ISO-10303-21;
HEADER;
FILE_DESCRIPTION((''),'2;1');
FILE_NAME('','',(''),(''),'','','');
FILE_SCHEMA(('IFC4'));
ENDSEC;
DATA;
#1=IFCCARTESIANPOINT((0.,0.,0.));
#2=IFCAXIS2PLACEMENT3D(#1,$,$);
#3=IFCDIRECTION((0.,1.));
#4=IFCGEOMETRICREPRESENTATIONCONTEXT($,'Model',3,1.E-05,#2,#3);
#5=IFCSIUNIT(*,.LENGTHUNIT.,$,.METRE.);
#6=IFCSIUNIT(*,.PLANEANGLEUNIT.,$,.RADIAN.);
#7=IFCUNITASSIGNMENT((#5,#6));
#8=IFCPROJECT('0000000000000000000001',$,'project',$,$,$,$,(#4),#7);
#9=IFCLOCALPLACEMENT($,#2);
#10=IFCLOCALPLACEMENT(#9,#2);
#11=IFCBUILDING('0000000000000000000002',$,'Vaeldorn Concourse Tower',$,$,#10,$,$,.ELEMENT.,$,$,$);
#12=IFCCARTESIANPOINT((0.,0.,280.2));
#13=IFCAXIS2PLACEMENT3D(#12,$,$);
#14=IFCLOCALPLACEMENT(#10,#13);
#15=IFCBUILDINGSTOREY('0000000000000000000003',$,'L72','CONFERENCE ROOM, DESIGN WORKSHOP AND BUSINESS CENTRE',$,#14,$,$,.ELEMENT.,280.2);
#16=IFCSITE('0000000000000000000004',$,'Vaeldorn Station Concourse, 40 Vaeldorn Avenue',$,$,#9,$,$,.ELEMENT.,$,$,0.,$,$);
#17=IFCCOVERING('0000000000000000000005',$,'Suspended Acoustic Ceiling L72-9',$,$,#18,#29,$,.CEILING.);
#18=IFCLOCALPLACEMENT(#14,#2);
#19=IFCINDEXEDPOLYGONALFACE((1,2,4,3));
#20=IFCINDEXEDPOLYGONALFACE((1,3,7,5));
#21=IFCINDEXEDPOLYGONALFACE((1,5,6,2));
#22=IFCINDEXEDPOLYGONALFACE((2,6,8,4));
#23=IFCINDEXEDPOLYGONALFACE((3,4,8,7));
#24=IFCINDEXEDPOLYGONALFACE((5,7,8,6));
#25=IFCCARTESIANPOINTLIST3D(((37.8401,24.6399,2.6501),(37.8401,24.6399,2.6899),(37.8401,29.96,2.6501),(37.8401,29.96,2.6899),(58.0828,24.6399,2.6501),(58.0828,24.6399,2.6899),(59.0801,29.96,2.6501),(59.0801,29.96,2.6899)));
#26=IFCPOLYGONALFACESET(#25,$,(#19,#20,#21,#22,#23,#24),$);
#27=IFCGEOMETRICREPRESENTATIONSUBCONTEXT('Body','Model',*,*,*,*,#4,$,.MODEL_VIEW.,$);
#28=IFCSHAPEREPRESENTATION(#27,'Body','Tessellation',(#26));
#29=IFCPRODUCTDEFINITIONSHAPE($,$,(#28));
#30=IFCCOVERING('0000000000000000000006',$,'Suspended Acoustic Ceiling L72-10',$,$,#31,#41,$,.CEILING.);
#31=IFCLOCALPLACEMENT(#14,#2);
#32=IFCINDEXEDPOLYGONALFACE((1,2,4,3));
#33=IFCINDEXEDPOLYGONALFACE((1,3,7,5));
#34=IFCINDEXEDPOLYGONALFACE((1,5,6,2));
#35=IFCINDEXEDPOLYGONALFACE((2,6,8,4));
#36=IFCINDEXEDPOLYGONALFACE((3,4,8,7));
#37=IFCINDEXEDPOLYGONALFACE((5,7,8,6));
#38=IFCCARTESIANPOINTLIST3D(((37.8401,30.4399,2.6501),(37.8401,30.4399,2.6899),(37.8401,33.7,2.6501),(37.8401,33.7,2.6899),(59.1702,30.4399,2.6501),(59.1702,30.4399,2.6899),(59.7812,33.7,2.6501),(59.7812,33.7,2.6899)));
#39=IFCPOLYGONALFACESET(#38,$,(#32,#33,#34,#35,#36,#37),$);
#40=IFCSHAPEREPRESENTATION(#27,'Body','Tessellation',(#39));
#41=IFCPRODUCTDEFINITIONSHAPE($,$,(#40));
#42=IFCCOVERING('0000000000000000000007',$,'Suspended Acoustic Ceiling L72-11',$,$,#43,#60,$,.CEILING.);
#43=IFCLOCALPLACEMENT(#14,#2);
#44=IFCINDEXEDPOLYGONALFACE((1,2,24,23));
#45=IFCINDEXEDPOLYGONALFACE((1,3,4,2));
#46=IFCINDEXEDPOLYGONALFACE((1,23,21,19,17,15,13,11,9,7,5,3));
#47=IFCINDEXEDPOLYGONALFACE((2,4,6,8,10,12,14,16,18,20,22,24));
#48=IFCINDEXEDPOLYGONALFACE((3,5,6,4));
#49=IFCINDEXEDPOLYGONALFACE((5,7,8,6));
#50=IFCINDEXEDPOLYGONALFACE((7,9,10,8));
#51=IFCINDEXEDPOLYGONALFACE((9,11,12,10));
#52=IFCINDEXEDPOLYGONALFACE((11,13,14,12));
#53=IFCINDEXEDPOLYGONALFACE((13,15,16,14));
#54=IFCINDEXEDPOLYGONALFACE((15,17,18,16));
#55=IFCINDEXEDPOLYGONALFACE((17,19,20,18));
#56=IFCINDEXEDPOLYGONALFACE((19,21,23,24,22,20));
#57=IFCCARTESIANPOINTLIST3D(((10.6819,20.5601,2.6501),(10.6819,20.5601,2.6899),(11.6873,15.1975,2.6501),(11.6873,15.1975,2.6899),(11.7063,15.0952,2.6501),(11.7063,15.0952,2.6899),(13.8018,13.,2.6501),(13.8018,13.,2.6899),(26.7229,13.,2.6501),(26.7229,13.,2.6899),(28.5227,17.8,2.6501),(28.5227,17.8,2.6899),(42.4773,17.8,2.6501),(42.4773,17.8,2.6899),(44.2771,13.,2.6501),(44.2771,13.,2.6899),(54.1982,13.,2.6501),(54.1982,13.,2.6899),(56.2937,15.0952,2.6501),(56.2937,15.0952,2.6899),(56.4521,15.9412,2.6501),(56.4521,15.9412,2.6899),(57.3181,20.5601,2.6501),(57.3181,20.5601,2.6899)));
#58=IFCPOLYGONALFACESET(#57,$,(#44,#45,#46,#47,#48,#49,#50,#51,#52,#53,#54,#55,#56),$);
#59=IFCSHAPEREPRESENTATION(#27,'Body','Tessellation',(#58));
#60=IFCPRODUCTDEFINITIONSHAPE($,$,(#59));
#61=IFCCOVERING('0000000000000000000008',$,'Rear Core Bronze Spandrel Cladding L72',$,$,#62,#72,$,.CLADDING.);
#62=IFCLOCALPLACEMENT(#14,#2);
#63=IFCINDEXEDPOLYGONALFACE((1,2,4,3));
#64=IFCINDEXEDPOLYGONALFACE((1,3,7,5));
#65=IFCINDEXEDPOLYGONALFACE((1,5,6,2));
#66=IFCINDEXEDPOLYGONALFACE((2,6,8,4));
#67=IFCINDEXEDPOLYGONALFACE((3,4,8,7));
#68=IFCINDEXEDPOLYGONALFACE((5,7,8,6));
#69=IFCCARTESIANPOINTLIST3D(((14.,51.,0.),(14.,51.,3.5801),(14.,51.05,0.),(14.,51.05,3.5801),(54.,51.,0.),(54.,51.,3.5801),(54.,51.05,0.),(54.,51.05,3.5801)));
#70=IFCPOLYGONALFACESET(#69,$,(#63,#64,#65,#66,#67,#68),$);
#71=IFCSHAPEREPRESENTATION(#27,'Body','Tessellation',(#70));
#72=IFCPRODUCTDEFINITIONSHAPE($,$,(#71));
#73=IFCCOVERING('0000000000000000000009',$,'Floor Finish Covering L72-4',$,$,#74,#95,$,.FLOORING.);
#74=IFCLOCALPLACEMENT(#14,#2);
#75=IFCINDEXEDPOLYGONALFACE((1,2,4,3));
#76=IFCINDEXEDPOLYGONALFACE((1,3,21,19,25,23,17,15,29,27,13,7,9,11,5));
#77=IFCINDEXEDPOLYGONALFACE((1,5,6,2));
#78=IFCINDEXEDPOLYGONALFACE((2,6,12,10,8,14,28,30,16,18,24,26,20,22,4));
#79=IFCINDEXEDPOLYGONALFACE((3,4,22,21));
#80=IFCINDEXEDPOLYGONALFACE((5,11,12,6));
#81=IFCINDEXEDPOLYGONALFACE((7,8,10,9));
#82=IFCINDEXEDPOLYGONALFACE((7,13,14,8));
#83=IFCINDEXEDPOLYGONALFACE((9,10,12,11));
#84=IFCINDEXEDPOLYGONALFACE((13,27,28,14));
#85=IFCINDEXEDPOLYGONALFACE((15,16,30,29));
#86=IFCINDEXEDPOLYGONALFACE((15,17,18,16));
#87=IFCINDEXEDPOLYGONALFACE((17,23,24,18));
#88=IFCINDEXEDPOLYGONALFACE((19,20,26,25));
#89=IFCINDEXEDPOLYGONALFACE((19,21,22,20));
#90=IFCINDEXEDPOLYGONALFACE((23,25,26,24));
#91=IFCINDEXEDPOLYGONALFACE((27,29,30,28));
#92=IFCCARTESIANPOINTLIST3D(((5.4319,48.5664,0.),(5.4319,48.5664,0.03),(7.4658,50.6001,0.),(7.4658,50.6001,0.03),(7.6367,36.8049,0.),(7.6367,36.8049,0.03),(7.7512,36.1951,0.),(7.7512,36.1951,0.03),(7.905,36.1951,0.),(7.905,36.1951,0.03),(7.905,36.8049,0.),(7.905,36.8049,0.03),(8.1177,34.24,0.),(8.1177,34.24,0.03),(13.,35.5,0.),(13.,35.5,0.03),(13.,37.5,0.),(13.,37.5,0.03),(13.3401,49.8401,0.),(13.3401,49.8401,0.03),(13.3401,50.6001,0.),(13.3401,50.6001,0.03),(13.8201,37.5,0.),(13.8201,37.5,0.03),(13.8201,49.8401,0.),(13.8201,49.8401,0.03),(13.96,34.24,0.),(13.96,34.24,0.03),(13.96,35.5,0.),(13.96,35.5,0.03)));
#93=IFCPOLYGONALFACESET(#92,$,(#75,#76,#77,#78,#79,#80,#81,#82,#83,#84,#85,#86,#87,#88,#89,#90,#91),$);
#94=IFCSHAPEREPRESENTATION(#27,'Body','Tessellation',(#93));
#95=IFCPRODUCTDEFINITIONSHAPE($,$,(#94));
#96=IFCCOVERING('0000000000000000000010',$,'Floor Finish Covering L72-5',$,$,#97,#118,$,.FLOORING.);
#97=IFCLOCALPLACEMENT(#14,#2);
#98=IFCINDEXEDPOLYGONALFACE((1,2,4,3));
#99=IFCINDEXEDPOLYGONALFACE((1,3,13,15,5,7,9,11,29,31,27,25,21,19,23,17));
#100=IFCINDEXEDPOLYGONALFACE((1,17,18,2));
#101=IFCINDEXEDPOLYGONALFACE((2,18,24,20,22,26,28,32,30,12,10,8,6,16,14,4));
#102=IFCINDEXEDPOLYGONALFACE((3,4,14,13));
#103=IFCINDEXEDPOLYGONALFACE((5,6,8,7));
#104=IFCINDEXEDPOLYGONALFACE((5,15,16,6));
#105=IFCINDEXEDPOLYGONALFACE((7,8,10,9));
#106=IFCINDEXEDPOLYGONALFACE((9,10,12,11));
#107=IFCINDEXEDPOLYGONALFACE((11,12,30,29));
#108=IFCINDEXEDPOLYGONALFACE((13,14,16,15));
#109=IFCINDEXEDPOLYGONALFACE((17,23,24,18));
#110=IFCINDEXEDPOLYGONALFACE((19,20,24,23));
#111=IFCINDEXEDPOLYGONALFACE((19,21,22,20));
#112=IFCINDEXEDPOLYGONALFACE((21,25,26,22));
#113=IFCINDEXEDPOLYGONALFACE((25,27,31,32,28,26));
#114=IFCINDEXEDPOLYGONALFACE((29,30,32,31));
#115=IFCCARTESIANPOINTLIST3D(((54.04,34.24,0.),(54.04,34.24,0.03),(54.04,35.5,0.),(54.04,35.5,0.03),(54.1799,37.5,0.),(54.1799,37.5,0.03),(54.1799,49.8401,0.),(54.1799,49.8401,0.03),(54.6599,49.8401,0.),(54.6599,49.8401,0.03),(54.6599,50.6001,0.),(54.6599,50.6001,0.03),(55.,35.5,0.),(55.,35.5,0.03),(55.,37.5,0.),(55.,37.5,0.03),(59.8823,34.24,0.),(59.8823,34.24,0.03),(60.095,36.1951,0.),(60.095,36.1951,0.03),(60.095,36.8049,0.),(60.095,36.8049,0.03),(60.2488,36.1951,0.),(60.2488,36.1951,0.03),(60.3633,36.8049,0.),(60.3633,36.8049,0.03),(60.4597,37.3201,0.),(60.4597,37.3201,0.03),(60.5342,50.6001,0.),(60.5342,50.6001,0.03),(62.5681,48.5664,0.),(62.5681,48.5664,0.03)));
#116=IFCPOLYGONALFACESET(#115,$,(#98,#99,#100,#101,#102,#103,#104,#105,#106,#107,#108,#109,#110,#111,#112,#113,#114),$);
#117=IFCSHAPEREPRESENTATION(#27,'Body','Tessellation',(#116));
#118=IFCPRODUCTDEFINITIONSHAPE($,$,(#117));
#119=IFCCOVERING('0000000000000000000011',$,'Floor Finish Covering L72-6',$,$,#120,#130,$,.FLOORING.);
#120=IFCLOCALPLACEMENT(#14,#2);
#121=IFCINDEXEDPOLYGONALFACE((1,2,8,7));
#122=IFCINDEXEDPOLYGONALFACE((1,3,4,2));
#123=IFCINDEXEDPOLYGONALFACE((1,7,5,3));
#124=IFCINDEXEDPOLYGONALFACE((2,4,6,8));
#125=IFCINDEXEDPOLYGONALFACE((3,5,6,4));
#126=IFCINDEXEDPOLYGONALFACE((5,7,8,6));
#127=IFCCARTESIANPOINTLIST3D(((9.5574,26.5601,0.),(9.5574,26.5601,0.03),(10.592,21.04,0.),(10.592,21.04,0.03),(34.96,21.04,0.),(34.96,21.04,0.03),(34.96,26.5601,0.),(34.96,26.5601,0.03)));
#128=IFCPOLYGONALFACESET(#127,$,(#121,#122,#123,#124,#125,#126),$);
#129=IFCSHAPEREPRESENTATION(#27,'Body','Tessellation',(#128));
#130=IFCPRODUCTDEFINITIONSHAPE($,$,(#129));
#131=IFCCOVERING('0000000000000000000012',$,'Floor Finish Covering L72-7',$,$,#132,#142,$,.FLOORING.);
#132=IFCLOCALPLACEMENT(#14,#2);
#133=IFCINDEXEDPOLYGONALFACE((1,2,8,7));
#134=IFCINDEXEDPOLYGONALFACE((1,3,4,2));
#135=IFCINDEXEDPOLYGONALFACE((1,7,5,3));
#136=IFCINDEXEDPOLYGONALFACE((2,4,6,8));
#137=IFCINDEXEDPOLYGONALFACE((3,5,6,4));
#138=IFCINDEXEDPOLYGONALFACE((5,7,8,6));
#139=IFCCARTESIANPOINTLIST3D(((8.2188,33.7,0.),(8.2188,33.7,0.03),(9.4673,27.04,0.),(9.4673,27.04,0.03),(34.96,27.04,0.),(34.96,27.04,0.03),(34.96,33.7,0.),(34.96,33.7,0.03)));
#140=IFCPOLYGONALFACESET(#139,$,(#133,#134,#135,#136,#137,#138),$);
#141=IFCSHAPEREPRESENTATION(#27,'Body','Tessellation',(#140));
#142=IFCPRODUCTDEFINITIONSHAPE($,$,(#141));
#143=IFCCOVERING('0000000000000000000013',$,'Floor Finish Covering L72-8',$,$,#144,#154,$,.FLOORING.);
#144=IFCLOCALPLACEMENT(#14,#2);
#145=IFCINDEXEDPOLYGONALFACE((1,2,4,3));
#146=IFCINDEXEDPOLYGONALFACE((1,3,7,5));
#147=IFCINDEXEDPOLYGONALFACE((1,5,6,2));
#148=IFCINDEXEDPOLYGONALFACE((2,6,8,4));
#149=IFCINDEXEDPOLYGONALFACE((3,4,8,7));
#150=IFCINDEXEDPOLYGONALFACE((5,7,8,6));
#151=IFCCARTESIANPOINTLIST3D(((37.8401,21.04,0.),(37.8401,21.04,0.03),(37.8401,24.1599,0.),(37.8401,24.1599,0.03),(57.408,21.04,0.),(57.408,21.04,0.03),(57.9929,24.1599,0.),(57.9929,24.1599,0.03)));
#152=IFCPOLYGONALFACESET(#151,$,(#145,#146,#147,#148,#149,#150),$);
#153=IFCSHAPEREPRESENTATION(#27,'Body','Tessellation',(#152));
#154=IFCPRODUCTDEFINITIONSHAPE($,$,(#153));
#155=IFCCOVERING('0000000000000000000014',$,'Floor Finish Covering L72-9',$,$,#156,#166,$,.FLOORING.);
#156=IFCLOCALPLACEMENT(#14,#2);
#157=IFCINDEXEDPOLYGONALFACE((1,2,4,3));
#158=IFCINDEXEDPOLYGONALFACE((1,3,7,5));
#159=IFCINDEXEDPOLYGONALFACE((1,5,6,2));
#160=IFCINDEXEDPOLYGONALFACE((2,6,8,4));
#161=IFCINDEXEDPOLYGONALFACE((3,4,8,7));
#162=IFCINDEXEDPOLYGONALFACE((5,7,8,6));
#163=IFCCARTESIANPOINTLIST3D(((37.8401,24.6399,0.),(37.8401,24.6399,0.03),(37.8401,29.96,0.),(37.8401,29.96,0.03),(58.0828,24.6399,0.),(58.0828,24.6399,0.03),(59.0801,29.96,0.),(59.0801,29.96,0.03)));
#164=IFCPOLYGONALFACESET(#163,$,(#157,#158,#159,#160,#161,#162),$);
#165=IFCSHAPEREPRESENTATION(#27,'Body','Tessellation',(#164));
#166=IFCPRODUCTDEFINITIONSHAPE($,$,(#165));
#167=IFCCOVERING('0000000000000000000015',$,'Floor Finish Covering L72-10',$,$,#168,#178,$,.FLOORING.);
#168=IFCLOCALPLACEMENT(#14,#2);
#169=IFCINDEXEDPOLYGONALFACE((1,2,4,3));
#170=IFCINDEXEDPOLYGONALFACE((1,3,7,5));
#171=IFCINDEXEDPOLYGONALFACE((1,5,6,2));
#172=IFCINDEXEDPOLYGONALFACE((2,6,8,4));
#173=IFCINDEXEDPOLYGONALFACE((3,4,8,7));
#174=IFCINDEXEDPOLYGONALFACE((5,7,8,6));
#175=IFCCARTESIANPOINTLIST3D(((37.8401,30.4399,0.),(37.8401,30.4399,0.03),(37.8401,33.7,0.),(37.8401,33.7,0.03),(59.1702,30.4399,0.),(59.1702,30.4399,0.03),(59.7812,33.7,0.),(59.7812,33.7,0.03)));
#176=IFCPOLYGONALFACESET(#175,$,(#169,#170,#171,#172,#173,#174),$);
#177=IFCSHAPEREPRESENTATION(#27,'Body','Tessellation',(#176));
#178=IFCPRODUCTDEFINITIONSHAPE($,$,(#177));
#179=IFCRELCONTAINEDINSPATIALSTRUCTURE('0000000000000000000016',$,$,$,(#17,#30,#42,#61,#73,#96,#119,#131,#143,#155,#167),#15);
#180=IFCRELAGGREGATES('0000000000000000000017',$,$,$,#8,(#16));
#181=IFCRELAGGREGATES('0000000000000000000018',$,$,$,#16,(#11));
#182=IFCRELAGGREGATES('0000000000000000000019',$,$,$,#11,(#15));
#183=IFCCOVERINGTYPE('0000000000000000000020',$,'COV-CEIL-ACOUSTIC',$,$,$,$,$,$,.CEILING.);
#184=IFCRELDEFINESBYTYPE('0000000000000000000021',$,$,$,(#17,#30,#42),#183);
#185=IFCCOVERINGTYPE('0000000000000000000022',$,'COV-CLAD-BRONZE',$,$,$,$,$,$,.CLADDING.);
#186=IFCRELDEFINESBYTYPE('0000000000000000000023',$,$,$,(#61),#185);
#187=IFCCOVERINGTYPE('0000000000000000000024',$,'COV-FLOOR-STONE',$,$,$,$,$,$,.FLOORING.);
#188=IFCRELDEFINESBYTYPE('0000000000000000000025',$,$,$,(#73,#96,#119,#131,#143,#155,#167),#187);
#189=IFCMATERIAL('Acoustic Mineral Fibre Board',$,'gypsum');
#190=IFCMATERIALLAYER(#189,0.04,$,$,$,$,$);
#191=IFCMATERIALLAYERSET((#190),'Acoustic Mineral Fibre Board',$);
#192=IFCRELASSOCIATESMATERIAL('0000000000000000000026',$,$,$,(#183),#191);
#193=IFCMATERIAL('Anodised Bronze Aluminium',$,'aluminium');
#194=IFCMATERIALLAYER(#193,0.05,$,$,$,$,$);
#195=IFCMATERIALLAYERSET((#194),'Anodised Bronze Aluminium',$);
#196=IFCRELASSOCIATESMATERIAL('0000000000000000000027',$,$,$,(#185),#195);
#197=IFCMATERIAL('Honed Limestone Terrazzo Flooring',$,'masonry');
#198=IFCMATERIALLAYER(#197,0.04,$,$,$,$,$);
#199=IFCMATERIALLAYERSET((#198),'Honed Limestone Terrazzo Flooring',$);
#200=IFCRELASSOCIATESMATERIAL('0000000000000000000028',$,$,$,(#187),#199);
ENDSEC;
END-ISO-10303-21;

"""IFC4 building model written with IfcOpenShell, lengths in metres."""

from ifc_helpers import new_model, si_unit, direction, frame, origin, place, context, subcontext, project, spatial, polyline, outline, extrude, material, layer, layer_set, type_object, element, save


model = new_model("IFC4")

# Units and contexts
model_context = context("Model", 3, precision=1e-05, world=origin(), true_north=direction((0.0, 1.0)))
body_context = subcontext(model_context, "Body", "Model", "MODEL_VIEW")
ifc_project = project(units=[si_unit("LENGTHUNIT", "METRE"), si_unit("PLANEANGLEUNIT", "RADIAN")], contexts=[model_context])

# Site, building, storey
site_placement = place(None, origin())
site = spatial("IfcSite", under=ifc_project, at=site_placement, Name="Vaeldorn Station Concourse, 40 Vaeldorn Avenue", CompositionType="ELEMENT", RefElevation=0.0)
building_placement = place(site_placement, origin())
building = spatial("IfcBuilding", under=site, at=building_placement, Name="Vaeldorn Concourse Tower", CompositionType="ELEMENT")
storey_placement = place(building_placement, frame((0.0, 0.0, 280.2)))
storey = spatial("IfcBuildingStorey", under=building, at=storey_placement, Name="L72", Description="CONFERENCE ROOM, DESIGN WORKSHOP AND BUSINESS CENTRE", CompositionType="ELEMENT", Elevation=280.2)

# Coverings
ifc_material_1 = material(Name="Acoustic Mineral Fibre Board", Category="gypsum")
ifc_layer_1 = layer(ifc_material_1, 0.04)
ifc_layer_set_1 = layer_set([ifc_layer_1], Name="Acoustic Mineral Fibre Board")
covering_type_1 = type_object("IfcCoveringType", Name="COV-CEIL-ACOUSTIC", PredefinedType="CEILING", material=ifc_layer_set_1)
covering_1_placement = place(storey_placement, frame((0.0, 0.0, 2.6501)))
element("IfcCovering", 1, at=covering_1_placement, inside=storey, type_object=covering_type_1, Name="Suspended Acoustic Ceiling L72-9", PredefinedType="CEILING", context=body_context, shape_type="SweptSolid", body=[
    extrude(outline(polyline([(37.8401, 24.6399), (37.8401, 29.96), (59.0801, 29.96), (58.0828, 24.6399), (37.8401, 24.6399)])), origin(), (0.0, 0.0, 1.0), 0.0398),
])
covering_2_placement = place(storey_placement, frame((0.0, 0.0, 2.6501)))
element("IfcCovering", 2, at=covering_2_placement, inside=storey, type_object=covering_type_1, Name="Suspended Acoustic Ceiling L72-10", PredefinedType="CEILING", context=body_context, shape_type="SweptSolid", body=[
    extrude(outline(polyline([(37.8401, 30.4399), (37.8401, 33.7), (59.7812, 33.7), (59.1702, 30.4399), (37.8401, 30.4399)])), origin(), (0.0, 0.0, 1.0), 0.0398),
])
covering_3_placement = place(storey_placement, frame((0.0, 0.0, 2.6501)))
element("IfcCovering", 3, at=covering_3_placement, inside=storey, type_object=covering_type_1, Name="Suspended Acoustic Ceiling L72-11", PredefinedType="CEILING", context=body_context, shape_type="SweptSolid", body=[
    extrude(outline(polyline([(57.3181, 20.5601), (56.4521, 15.9412), (56.4521, 15.9412), (56.2937, 15.0952), (54.1982, 13.0), (44.2771, 13.0), (42.4773, 17.8), (28.5227, 17.8), (26.7229, 13.0), (13.8018, 13.0), (11.7063, 15.0952), (11.6873, 15.1975), (10.6819, 20.5601), (57.3181, 20.5601)])), origin(), (0.0, 0.0, 1.0), 0.0398),
])
ifc_material_2 = material(Name="Anodised Bronze Aluminium", Category="aluminium")
ifc_layer_2 = layer(ifc_material_2, 0.05)
ifc_layer_set_2 = layer_set([ifc_layer_2], Name="Anodised Bronze Aluminium")
covering_type_2 = type_object("IfcCoveringType", Name="COV-CLAD-BRONZE", PredefinedType="CLADDING", material=ifc_layer_set_2)
covering_4_placement = place(storey_placement, origin())
element("IfcCovering", 4, at=covering_4_placement, inside=storey, type_object=covering_type_2, Name="Rear Core Bronze Spandrel Cladding L72", PredefinedType="CLADDING", context=body_context, shape_type="SweptSolid", body=[
    extrude(outline(polyline([(14.0, 51.0), (54.0, 51.0), (54.0, 51.05), (14.0, 51.05), (14.0, 51.0)])), origin(), (0.0, 0.0, 1.0), 3.5801),
])
ifc_material_3 = material(Name="Honed Limestone Terrazzo Flooring", Category="masonry")
ifc_layer_3 = layer(ifc_material_3, 0.04)
ifc_layer_set_3 = layer_set([ifc_layer_3], Name="Honed Limestone Terrazzo Flooring")
covering_type_3 = type_object("IfcCoveringType", Name="COV-FLOOR-STONE", PredefinedType="FLOORING", material=ifc_layer_set_3)
covering_5_placement = place(storey_placement, origin())
element("IfcCovering", 5, at=covering_5_placement, inside=storey, type_object=covering_type_3, Name="Floor Finish Covering L72-4", PredefinedType="FLOORING", context=body_context, shape_type="SweptSolid", body=[
    extrude(outline(polyline([(7.4658, 50.6001), (13.3401, 50.6001), (13.3401, 49.8401), (13.8201, 49.8401), (13.8201, 37.5), (13.0, 37.5), (13.0, 35.5), (13.96, 35.5), (13.96, 34.24), (8.1177, 34.24), (7.7512, 36.1951), (7.905, 36.1951), (7.905, 36.8049), (7.6367, 36.8049), (5.4319, 48.5664), (7.4658, 50.6001)])), origin(), (0.0, 0.0, 1.0), 0.03),
])
covering_6_placement = place(storey_placement, origin())
element("IfcCovering", 6, at=covering_6_placement, inside=storey, type_object=covering_type_3, Name="Floor Finish Covering L72-5", PredefinedType="FLOORING", context=body_context, shape_type="SweptSolid", body=[
    extrude(outline(polyline([(54.1799, 49.8401), (54.6599, 49.8401), (54.6599, 50.6001), (60.5342, 50.6001), (62.5681, 48.5664), (60.4597, 37.3201), (60.4597, 37.3201), (60.3633, 36.8049), (60.095, 36.8049), (60.095, 36.1951), (60.2488, 36.1951), (59.8823, 34.24), (54.04, 34.24), (54.04, 35.5), (55.0, 35.5), (55.0, 37.5), (54.1799, 37.5), (54.1799, 49.8401)])), origin(), (0.0, 0.0, 1.0), 0.03),
])
covering_7_placement = place(storey_placement, origin())
element("IfcCovering", 7, at=covering_7_placement, inside=storey, type_object=covering_type_3, Name="Floor Finish Covering L72-6", PredefinedType="FLOORING", context=body_context, shape_type="SweptSolid", body=[
    extrude(outline(polyline([(34.96, 26.5601), (34.96, 21.04), (10.592, 21.04), (9.5574, 26.5601), (34.96, 26.5601)])), origin(), (0.0, 0.0, 1.0), 0.03),
])
covering_8_placement = place(storey_placement, origin())
element("IfcCovering", 8, at=covering_8_placement, inside=storey, type_object=covering_type_3, Name="Floor Finish Covering L72-7", PredefinedType="FLOORING", context=body_context, shape_type="SweptSolid", body=[
    extrude(outline(polyline([(34.96, 33.7), (34.96, 27.04), (9.4673, 27.04), (8.2188, 33.7), (34.96, 33.7)])), origin(), (0.0, 0.0, 1.0), 0.03),
])
covering_9_placement = place(storey_placement, origin())
element("IfcCovering", 9, at=covering_9_placement, inside=storey, type_object=covering_type_3, Name="Floor Finish Covering L72-8", PredefinedType="FLOORING", context=body_context, shape_type="SweptSolid", body=[
    extrude(outline(polyline([(37.8401, 21.04), (37.8401, 24.1599), (57.9929, 24.1599), (57.408, 21.04), (37.8401, 21.04)])), origin(), (0.0, 0.0, 1.0), 0.03),
])
covering_10_placement = place(storey_placement, origin())
element("IfcCovering", 10, at=covering_10_placement, inside=storey, type_object=covering_type_3, Name="Floor Finish Covering L72-9", PredefinedType="FLOORING", context=body_context, shape_type="SweptSolid", body=[
    extrude(outline(polyline([(37.8401, 24.6399), (37.8401, 29.96), (59.0801, 29.96), (58.0828, 24.6399), (37.8401, 24.6399)])), origin(), (0.0, 0.0, 1.0), 0.03),
])
covering_11_placement = place(storey_placement, origin())
element("IfcCovering", 11, at=covering_11_placement, inside=storey, type_object=covering_type_3, Name="Floor Finish Covering L72-10", PredefinedType="FLOORING", context=body_context, shape_type="SweptSolid", body=[
    extrude(outline(polyline([(37.8401, 30.4399), (37.8401, 33.7), (59.7812, 33.7), (59.1702, 30.4399), (37.8401, 30.4399)])), origin(), (0.0, 0.0, 1.0), 0.03),
])

save(model, "model.ifc")
